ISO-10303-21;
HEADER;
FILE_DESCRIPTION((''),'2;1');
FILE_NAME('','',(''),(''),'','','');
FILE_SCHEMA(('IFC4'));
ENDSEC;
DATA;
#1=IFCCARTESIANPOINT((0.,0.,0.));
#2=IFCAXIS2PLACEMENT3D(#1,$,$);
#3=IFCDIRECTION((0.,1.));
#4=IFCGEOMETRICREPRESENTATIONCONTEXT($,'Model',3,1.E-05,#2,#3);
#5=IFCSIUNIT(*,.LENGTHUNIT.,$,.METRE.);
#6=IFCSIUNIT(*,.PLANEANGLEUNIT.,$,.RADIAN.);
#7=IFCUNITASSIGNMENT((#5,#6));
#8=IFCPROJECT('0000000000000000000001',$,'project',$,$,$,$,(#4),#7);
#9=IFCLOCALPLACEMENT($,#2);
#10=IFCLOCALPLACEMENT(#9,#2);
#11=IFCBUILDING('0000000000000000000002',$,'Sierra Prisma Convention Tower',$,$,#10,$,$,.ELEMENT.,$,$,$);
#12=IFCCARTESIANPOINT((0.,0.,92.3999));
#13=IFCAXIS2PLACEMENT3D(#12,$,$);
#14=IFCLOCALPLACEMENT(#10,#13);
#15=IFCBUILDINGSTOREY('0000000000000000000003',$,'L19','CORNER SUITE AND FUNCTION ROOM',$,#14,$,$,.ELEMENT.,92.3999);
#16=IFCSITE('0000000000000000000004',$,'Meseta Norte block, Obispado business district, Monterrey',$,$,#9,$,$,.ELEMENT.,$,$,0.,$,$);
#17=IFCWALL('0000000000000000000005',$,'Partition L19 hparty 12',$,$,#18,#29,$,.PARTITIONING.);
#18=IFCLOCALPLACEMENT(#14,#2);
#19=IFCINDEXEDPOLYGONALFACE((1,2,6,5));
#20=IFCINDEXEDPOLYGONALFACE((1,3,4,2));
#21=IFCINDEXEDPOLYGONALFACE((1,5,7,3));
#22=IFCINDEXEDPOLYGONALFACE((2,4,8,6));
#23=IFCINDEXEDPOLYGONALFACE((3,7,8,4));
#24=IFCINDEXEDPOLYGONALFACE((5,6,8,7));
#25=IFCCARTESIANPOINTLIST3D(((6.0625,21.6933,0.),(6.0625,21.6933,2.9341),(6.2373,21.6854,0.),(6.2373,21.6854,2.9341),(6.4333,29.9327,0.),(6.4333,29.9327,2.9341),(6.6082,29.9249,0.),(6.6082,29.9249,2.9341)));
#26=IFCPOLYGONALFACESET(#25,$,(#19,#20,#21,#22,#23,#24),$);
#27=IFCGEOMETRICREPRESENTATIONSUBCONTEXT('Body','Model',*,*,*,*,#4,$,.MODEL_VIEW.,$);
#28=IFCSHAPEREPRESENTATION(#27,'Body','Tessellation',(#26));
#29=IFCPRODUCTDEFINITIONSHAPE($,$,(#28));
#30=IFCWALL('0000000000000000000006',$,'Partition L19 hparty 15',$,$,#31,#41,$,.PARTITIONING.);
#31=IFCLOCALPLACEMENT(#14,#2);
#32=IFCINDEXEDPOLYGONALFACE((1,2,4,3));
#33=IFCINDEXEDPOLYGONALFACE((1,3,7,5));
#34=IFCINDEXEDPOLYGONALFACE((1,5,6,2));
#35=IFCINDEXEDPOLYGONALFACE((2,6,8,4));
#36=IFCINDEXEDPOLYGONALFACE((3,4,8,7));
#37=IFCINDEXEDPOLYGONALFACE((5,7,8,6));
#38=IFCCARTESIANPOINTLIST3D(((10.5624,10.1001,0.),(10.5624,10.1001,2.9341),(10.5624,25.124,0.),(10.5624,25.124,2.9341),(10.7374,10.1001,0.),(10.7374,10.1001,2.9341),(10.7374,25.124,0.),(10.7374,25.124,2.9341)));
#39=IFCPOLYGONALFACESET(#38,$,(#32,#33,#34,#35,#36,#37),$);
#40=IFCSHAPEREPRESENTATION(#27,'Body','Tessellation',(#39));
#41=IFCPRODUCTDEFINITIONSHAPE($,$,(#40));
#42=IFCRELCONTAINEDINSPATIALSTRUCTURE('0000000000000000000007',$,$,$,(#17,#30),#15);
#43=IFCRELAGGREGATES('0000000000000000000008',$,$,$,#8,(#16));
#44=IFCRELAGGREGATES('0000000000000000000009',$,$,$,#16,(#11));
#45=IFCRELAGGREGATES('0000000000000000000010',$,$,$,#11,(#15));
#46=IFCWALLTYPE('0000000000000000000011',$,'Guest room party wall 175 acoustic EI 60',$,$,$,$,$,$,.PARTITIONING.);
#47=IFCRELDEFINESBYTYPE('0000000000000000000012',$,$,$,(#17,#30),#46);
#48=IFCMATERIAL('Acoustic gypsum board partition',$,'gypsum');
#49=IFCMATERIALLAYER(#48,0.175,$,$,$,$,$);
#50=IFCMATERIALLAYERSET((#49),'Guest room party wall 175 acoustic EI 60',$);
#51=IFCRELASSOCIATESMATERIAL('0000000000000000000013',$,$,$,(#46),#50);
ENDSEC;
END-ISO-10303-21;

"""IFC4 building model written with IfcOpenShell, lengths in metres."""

from ifc_helpers import new_model, si_unit, direction, frame, frame_2d, origin, place, context, subcontext, project, spatial, rectangle, extrude, material, layer, layer_set, type_object, element, save


model = new_model("IFC4")

# Units and contexts
model_context = context("Model", 3, precision=1e-05, world=origin(), true_north=direction((0.0, 1.0)))
body_context = subcontext(model_context, "Body", "Model", "MODEL_VIEW")
ifc_project = project(units=[si_unit("LENGTHUNIT", "METRE"), si_unit("PLANEANGLEUNIT", "RADIAN")], contexts=[model_context])

# Site, building, storey
site_placement = place(None, origin())
site = spatial("IfcSite", under=ifc_project, at=site_placement, Name="Meseta Norte block, Obispado business district, Monterrey", CompositionType="ELEMENT", RefElevation=0.0)
building_placement = place(site_placement, origin())
building = spatial("IfcBuilding", under=site, at=building_placement, Name="Sierra Prisma Convention Tower", CompositionType="ELEMENT")
storey_placement = place(building_placement, frame((0.0, 0.0, 92.3999)))
storey = spatial("IfcBuildingStorey", under=building, at=storey_placement, Name="L19", Description="CORNER SUITE AND FUNCTION ROOM", CompositionType="ELEMENT", Elevation=92.3999)

# Walls
ifc_material_1 = material(Name="Acoustic gypsum board partition", Category="gypsum")
ifc_layer_1 = layer(ifc_material_1, 0.175)
ifc_layer_set_1 = layer_set([ifc_layer_1], Name="Guest room party wall 175 acoustic EI 60")
wall_type_1 = type_object("IfcWallType", Name="Guest room party wall 175 acoustic EI 60", PredefinedType="PARTITIONING", material=ifc_layer_set_1)
wall_1_placement = place(storey_placement, frame((6.1499, 21.6892, 0.0), z_axis=(0.0, 0.0, 1.0), x_axis=(0.044963, 0.998989, 0.0)))
element("IfcWall", 1, at=wall_1_placement, inside=storey, type_object=wall_type_1, Name="Partition L19 hparty 12", PredefinedType="PARTITIONING", context=body_context, shape_type="SweptSolid", body=[
    extrude(rectangle(XDim=8.2478, YDim=0.175, at=frame_2d((4.124, 0.0))), origin(), (0.0, 0.0, 1.0), 2.9341),
])
wall_2_placement = place(storey_placement, frame((10.6499, 25.124, 0.0), z_axis=(0.0, 0.0, 1.0), x_axis=(0.0, -1.0, 0.0)))
element("IfcWall", 2, at=wall_2_placement, inside=storey, type_object=wall_type_1, Name="Partition L19 hparty 15", PredefinedType="PARTITIONING", context=body_context, shape_type="SweptSolid", body=[
    extrude(rectangle(XDim=15.0239, YDim=0.175, at=frame_2d((7.512, 0.0))), origin(), (0.0, 0.0, 1.0), 2.9341),
])

save(model, "model.ifc")
